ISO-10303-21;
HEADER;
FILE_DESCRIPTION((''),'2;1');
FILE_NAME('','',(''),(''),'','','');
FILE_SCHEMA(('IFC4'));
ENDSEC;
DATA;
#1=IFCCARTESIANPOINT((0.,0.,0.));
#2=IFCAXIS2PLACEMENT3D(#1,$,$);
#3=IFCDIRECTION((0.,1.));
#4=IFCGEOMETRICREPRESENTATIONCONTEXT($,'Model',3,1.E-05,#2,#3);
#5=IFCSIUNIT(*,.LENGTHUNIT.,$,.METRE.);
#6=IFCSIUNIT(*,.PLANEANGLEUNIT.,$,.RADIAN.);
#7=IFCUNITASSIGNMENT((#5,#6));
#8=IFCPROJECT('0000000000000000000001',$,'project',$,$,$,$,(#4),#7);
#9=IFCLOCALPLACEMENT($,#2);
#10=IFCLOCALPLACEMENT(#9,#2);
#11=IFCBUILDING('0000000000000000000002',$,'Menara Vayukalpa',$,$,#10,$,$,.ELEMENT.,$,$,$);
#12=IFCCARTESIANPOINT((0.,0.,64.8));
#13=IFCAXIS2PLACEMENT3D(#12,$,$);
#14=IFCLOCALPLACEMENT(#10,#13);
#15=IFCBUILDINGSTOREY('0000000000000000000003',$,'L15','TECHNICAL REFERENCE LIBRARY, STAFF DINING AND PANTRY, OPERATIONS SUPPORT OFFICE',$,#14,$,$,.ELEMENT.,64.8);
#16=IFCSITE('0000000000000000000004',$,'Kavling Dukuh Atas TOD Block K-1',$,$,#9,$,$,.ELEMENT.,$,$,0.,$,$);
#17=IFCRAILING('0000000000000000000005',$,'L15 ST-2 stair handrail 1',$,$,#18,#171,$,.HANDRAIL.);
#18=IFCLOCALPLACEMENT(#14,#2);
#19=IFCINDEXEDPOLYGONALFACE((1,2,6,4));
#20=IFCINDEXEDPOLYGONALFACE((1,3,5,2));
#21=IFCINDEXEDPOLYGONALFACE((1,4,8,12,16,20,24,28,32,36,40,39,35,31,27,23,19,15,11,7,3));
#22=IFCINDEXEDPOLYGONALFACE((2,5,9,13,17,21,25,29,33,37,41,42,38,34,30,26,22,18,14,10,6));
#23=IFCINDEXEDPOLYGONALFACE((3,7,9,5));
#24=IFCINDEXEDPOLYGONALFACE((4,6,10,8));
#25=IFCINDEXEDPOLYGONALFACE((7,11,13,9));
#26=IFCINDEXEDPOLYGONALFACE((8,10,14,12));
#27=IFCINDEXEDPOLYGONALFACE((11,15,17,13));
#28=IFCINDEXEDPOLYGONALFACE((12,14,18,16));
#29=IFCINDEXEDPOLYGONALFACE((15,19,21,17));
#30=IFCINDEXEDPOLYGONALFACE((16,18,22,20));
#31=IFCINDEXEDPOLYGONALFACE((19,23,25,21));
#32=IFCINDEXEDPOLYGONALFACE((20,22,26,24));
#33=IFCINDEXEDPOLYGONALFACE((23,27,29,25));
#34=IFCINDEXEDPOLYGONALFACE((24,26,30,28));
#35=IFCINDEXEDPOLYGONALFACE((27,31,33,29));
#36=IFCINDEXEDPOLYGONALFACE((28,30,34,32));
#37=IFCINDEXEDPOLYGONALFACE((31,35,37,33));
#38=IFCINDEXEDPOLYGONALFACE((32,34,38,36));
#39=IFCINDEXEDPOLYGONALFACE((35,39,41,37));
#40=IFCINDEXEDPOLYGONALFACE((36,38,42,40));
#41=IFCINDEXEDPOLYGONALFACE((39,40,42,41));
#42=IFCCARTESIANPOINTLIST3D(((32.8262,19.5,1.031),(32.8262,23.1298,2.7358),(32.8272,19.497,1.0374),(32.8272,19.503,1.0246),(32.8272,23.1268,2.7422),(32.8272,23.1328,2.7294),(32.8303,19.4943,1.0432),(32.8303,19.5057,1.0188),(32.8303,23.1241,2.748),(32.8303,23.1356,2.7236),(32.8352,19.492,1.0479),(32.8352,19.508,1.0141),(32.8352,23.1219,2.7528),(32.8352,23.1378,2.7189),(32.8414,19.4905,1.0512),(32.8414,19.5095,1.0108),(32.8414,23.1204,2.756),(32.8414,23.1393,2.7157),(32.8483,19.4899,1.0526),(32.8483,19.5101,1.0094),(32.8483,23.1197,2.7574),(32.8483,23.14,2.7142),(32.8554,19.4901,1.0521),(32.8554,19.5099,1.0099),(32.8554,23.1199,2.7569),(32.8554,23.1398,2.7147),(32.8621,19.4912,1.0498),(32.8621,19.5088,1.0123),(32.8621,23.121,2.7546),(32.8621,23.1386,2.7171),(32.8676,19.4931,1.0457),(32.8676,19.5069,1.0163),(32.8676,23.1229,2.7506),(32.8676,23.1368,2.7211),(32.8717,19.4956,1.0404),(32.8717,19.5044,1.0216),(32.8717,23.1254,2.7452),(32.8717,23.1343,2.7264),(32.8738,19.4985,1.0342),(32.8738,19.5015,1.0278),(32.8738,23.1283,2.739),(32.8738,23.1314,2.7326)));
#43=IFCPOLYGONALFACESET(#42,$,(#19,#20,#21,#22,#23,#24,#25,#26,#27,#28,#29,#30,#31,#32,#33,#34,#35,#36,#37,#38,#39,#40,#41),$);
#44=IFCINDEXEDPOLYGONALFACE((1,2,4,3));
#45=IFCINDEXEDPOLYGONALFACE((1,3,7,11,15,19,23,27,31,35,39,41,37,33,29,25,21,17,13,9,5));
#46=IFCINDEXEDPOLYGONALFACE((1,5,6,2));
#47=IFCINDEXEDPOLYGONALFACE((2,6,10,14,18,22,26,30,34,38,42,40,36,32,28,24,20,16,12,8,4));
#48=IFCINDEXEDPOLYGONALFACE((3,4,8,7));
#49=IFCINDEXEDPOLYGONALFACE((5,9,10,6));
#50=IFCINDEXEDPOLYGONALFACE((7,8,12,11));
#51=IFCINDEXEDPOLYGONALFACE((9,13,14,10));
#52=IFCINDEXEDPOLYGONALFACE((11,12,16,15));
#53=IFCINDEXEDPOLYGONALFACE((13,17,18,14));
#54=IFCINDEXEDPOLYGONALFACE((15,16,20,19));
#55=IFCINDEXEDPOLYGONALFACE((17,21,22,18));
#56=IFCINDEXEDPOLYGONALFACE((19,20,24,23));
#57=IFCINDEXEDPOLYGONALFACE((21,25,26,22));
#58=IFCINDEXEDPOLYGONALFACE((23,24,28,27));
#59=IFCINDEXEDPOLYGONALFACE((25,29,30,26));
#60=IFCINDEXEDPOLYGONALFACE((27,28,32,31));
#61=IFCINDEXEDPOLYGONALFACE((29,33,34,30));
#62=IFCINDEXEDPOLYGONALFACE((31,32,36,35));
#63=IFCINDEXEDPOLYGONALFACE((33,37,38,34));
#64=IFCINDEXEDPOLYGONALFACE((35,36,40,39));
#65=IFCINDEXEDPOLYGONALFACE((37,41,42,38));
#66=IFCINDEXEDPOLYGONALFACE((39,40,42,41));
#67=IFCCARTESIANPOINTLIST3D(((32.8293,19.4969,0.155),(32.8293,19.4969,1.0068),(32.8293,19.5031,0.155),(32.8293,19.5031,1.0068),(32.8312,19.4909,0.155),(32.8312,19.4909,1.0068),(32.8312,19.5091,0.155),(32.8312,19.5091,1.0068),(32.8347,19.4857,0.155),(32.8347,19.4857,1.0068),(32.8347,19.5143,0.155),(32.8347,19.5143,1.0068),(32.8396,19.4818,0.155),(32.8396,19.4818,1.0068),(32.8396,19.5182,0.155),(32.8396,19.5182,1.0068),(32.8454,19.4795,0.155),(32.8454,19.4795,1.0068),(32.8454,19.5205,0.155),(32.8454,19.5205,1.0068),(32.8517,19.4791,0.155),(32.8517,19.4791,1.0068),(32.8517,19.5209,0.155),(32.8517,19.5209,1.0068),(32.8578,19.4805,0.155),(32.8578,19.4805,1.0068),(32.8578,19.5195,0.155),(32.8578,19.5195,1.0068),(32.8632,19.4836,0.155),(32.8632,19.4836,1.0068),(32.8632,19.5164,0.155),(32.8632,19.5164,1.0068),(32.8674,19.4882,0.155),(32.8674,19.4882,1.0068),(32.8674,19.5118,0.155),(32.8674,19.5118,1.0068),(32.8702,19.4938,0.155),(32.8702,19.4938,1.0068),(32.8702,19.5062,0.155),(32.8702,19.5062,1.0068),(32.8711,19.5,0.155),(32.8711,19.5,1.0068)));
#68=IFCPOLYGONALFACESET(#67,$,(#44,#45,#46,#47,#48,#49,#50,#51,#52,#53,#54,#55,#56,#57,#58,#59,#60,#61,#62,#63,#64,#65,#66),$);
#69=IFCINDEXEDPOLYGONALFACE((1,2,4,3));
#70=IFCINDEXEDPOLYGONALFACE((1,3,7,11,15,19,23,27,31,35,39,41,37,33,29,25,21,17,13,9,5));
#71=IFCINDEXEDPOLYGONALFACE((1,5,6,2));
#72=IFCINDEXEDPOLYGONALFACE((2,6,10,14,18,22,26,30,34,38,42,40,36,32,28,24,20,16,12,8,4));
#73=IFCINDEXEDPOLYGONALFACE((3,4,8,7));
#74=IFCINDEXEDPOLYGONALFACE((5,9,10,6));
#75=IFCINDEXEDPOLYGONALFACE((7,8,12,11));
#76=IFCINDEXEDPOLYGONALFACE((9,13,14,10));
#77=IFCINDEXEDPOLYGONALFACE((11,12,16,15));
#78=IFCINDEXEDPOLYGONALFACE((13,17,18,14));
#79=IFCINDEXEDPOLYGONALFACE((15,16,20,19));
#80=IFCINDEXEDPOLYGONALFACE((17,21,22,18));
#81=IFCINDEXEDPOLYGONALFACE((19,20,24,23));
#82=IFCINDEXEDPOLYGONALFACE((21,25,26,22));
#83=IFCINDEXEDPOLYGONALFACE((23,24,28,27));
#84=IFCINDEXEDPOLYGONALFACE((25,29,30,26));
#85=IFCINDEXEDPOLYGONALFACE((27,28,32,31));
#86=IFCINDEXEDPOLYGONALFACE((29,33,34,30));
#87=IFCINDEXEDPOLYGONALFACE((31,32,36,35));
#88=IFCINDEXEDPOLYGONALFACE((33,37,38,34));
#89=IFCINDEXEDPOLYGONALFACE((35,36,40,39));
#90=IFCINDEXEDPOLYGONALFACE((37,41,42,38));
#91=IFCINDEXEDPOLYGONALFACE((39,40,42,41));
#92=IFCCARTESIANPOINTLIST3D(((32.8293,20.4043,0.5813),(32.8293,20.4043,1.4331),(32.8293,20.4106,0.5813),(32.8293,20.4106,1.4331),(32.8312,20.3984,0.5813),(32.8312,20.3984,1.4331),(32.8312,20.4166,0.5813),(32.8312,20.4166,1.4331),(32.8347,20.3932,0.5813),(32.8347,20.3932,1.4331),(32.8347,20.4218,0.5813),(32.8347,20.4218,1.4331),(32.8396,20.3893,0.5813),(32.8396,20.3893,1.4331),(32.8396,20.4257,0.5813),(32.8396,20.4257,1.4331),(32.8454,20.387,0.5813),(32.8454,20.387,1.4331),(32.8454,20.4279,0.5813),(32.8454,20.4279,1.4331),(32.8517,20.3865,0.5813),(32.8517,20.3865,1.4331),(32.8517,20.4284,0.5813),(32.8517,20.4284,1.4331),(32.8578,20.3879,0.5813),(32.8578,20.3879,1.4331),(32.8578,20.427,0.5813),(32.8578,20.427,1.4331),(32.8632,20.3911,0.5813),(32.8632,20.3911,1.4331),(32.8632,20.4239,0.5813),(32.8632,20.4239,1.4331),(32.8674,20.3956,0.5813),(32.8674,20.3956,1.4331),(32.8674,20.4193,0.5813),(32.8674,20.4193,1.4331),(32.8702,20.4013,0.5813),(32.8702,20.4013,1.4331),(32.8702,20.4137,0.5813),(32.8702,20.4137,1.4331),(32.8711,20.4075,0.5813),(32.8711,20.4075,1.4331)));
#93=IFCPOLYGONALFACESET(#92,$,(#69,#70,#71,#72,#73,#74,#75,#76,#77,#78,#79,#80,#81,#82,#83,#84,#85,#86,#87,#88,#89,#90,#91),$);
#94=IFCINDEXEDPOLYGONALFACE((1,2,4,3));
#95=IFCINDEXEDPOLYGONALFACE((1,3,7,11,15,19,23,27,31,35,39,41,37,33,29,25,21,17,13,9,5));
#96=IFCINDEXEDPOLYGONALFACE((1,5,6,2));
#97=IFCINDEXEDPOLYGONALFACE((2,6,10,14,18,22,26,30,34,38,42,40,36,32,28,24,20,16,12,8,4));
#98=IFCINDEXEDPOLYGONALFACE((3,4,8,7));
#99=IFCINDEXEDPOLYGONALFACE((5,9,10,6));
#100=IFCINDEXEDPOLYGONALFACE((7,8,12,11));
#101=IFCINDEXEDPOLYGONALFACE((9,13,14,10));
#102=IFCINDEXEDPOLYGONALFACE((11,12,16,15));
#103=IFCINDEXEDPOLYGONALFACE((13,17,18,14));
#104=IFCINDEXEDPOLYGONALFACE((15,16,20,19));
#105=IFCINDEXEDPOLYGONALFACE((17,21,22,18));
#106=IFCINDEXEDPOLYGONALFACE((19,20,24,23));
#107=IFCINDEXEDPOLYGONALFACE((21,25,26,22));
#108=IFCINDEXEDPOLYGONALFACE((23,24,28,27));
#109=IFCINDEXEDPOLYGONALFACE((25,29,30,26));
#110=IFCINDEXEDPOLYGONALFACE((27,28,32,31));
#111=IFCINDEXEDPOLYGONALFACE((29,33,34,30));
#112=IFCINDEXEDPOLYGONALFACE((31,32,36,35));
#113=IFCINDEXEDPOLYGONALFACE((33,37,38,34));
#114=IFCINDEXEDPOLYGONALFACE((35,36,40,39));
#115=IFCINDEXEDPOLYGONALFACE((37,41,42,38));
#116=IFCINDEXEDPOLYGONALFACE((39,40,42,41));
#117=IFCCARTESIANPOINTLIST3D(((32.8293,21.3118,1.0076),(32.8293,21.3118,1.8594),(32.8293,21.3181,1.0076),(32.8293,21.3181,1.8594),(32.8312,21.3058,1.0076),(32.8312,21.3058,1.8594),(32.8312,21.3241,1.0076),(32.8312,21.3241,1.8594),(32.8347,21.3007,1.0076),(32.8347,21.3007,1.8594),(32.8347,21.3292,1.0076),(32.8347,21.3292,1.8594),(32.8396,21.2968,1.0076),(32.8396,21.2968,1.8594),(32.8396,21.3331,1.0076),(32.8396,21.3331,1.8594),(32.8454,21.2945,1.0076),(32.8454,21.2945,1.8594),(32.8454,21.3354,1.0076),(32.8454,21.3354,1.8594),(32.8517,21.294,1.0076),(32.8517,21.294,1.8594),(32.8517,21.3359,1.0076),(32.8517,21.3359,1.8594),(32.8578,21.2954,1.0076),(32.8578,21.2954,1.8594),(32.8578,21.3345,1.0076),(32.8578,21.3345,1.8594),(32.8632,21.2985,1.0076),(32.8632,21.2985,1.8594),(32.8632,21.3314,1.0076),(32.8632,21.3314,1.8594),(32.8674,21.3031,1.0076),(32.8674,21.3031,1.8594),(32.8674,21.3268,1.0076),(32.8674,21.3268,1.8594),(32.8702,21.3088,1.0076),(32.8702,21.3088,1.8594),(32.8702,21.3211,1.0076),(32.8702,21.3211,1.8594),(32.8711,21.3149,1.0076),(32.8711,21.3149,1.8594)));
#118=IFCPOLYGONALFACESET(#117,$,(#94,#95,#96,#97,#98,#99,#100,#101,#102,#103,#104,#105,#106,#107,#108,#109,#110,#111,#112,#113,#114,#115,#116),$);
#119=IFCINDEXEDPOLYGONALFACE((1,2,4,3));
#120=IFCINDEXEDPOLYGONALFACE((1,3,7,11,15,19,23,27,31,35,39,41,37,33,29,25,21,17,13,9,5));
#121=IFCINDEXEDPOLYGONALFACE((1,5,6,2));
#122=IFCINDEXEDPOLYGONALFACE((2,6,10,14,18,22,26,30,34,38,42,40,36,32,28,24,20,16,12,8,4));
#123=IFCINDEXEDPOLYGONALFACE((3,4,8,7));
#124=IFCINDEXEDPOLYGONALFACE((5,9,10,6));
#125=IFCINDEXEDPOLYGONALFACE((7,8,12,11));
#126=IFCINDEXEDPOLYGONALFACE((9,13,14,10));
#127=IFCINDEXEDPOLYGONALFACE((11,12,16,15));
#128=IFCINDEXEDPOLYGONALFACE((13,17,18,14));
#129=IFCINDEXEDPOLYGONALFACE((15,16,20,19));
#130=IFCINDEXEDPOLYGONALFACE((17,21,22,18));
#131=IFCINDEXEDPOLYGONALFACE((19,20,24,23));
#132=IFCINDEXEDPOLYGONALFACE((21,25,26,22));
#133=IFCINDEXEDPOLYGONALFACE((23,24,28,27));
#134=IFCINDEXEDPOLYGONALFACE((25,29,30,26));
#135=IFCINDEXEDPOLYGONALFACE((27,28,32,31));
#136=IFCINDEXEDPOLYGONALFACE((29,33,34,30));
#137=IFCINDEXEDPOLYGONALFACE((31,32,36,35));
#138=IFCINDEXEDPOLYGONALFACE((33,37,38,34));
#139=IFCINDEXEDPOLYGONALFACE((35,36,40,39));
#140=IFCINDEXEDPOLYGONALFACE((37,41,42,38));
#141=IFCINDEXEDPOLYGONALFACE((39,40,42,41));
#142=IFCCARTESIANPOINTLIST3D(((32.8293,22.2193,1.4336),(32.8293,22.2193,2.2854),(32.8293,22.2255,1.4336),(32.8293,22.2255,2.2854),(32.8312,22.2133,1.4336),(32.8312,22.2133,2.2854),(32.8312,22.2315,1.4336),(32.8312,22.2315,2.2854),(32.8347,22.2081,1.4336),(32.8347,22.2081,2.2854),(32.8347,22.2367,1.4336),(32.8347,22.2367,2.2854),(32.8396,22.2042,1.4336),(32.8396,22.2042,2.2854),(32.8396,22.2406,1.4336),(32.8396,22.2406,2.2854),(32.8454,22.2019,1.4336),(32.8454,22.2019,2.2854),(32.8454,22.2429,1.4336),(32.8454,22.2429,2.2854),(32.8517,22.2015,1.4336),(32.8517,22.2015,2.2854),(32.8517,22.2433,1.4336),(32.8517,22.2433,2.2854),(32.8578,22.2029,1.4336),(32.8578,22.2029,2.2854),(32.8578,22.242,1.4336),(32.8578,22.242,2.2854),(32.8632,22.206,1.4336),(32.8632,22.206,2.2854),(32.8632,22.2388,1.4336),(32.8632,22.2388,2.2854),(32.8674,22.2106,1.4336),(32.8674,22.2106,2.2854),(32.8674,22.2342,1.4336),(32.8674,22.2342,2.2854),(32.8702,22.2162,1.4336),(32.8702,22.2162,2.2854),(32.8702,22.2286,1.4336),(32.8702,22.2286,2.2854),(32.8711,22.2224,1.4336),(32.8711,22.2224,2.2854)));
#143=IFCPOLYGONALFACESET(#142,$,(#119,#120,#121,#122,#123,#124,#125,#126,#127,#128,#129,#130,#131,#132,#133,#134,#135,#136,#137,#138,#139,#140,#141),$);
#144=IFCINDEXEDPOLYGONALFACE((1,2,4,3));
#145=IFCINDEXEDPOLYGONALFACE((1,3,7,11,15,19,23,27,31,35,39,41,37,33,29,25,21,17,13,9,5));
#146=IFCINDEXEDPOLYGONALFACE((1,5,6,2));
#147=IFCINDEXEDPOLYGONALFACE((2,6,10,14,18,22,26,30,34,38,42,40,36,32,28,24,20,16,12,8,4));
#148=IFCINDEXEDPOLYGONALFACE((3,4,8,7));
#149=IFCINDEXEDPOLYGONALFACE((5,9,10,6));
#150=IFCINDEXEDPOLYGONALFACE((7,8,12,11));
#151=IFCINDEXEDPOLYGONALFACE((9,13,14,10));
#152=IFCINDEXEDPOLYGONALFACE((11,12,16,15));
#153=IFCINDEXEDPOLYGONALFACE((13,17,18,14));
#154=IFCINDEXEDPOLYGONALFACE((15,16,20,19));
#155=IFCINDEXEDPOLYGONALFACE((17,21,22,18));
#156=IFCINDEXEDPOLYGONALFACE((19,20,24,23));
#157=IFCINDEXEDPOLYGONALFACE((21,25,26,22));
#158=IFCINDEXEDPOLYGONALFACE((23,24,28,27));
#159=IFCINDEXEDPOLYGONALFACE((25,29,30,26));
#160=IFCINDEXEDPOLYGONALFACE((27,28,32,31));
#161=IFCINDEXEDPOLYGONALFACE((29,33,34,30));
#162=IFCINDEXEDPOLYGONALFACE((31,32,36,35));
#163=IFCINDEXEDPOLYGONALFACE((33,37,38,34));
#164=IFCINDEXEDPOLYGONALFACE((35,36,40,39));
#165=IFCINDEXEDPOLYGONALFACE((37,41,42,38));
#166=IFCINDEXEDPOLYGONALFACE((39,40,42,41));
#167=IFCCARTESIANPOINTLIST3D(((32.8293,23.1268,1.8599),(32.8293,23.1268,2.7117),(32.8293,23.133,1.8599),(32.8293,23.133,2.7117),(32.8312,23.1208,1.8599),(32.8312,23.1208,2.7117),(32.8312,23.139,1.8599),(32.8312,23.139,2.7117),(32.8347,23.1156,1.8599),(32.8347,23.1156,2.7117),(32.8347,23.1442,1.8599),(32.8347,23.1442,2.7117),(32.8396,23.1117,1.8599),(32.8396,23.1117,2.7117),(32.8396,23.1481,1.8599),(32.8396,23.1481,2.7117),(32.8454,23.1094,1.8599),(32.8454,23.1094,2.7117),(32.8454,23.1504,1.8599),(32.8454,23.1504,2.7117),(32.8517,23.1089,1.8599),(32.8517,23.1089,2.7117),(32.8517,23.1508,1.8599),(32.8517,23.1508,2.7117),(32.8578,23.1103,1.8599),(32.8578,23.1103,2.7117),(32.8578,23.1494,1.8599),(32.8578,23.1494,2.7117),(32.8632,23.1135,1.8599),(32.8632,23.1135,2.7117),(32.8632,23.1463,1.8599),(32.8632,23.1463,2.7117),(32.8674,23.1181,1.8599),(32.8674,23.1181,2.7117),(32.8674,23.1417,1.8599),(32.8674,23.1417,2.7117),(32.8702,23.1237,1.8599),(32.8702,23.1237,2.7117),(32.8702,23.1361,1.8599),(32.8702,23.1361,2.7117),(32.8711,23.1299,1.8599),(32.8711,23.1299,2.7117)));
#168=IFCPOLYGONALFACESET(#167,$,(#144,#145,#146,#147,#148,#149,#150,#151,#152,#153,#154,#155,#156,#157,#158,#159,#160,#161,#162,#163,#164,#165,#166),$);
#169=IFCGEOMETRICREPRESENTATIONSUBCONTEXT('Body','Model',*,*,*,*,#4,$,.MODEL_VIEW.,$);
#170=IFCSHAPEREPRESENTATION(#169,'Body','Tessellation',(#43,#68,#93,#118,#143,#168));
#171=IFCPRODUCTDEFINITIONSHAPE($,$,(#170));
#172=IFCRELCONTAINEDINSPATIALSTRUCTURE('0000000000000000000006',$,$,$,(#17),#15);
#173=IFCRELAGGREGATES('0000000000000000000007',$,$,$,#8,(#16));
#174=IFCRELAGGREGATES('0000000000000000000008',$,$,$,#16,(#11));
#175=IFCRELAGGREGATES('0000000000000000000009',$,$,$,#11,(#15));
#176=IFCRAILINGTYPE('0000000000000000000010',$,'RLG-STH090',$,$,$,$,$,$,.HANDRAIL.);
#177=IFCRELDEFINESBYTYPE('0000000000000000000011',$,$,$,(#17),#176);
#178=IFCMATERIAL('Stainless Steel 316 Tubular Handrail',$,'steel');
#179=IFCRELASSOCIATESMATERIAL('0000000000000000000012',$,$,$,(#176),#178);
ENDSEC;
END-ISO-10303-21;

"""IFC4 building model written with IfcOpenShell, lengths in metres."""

from ifc_helpers import new_model, si_unit, direction, frame, origin, origin_2d, place, context, subcontext, project, spatial, circle, extrude, material, type_object, element, save


model = new_model("IFC4")

# Units and contexts
model_context = context("Model", 3, precision=1e-05, world=origin(), true_north=direction((0.0, 1.0)))
body_context = subcontext(model_context, "Body", "Model", "MODEL_VIEW")
ifc_project = project(units=[si_unit("LENGTHUNIT", "METRE"), si_unit("PLANEANGLEUNIT", "RADIAN")], contexts=[model_context])

# Site, building, storey
site_placement = place(None, origin())
site = spatial("IfcSite", under=ifc_project, at=site_placement, Name="Kavling Dukuh Atas TOD Block K-1", CompositionType="ELEMENT", RefElevation=0.0)
building_placement = place(site_placement, origin())
building = spatial("IfcBuilding", under=site, at=building_placement, Name="Menara Vayukalpa", CompositionType="ELEMENT")
storey_placement = place(building_placement, frame((0.0, 0.0, 64.8)))
storey = spatial("IfcBuildingStorey", under=building, at=storey_placement, Name="L15", Description="TECHNICAL REFERENCE LIBRARY, STAFF DINING AND PANTRY, OPERATIONS SUPPORT OFFICE", CompositionType="ELEMENT", Elevation=64.8)

# Railing
ifc_material_1 = material(Name="Stainless Steel 316 Tubular Handrail", Category="steel")
railing_type_1 = type_object("IfcRailingType", Name="RLG-STH090", PredefinedType="HANDRAIL", material=ifc_material_1)
railing_1_placement = place(storey_placement, frame((32.8501, 19.5, 0.155)))
element("IfcRailing", 1, at=railing_1_placement, inside=storey, type_object=railing_type_1, Name="L15 ST-2 stair handrail 1", PredefinedType="HANDRAIL", context=body_context, shape_type="SweptSolid", body=[
    extrude(circle(Radius=0.0239, at=origin_2d()), frame((0.0, 0.0, 0.876), z_axis=(0.0, 0.90514, 0.425114), x_axis=(-1.0, 0.0, 0.0)), (0.0, 0.0, 1.0), 4.0103),
    extrude(circle(Radius=0.021, at=origin_2d()), origin(), (0.0, 0.0, 1.0), 0.8518),
    extrude(circle(Radius=0.021, at=origin_2d()), frame((0.0, 0.9075, 0.4263)), (0.0, 0.0, 1.0), 0.8518),
    extrude(circle(Radius=0.021, at=origin_2d()), frame((0.0, 1.8149, 0.8525)), (0.0, 0.0, 1.0), 0.8518),
    extrude(circle(Radius=0.021, at=origin_2d()), frame((0.0, 2.7224, 1.2786)), (0.0, 0.0, 1.0), 0.8518),
    extrude(circle(Radius=0.021, at=origin_2d()), frame((0.0, 3.6299, 1.7048)), (0.0, 0.0, 1.0), 0.8518),
])

save(model, "model.ifc")
